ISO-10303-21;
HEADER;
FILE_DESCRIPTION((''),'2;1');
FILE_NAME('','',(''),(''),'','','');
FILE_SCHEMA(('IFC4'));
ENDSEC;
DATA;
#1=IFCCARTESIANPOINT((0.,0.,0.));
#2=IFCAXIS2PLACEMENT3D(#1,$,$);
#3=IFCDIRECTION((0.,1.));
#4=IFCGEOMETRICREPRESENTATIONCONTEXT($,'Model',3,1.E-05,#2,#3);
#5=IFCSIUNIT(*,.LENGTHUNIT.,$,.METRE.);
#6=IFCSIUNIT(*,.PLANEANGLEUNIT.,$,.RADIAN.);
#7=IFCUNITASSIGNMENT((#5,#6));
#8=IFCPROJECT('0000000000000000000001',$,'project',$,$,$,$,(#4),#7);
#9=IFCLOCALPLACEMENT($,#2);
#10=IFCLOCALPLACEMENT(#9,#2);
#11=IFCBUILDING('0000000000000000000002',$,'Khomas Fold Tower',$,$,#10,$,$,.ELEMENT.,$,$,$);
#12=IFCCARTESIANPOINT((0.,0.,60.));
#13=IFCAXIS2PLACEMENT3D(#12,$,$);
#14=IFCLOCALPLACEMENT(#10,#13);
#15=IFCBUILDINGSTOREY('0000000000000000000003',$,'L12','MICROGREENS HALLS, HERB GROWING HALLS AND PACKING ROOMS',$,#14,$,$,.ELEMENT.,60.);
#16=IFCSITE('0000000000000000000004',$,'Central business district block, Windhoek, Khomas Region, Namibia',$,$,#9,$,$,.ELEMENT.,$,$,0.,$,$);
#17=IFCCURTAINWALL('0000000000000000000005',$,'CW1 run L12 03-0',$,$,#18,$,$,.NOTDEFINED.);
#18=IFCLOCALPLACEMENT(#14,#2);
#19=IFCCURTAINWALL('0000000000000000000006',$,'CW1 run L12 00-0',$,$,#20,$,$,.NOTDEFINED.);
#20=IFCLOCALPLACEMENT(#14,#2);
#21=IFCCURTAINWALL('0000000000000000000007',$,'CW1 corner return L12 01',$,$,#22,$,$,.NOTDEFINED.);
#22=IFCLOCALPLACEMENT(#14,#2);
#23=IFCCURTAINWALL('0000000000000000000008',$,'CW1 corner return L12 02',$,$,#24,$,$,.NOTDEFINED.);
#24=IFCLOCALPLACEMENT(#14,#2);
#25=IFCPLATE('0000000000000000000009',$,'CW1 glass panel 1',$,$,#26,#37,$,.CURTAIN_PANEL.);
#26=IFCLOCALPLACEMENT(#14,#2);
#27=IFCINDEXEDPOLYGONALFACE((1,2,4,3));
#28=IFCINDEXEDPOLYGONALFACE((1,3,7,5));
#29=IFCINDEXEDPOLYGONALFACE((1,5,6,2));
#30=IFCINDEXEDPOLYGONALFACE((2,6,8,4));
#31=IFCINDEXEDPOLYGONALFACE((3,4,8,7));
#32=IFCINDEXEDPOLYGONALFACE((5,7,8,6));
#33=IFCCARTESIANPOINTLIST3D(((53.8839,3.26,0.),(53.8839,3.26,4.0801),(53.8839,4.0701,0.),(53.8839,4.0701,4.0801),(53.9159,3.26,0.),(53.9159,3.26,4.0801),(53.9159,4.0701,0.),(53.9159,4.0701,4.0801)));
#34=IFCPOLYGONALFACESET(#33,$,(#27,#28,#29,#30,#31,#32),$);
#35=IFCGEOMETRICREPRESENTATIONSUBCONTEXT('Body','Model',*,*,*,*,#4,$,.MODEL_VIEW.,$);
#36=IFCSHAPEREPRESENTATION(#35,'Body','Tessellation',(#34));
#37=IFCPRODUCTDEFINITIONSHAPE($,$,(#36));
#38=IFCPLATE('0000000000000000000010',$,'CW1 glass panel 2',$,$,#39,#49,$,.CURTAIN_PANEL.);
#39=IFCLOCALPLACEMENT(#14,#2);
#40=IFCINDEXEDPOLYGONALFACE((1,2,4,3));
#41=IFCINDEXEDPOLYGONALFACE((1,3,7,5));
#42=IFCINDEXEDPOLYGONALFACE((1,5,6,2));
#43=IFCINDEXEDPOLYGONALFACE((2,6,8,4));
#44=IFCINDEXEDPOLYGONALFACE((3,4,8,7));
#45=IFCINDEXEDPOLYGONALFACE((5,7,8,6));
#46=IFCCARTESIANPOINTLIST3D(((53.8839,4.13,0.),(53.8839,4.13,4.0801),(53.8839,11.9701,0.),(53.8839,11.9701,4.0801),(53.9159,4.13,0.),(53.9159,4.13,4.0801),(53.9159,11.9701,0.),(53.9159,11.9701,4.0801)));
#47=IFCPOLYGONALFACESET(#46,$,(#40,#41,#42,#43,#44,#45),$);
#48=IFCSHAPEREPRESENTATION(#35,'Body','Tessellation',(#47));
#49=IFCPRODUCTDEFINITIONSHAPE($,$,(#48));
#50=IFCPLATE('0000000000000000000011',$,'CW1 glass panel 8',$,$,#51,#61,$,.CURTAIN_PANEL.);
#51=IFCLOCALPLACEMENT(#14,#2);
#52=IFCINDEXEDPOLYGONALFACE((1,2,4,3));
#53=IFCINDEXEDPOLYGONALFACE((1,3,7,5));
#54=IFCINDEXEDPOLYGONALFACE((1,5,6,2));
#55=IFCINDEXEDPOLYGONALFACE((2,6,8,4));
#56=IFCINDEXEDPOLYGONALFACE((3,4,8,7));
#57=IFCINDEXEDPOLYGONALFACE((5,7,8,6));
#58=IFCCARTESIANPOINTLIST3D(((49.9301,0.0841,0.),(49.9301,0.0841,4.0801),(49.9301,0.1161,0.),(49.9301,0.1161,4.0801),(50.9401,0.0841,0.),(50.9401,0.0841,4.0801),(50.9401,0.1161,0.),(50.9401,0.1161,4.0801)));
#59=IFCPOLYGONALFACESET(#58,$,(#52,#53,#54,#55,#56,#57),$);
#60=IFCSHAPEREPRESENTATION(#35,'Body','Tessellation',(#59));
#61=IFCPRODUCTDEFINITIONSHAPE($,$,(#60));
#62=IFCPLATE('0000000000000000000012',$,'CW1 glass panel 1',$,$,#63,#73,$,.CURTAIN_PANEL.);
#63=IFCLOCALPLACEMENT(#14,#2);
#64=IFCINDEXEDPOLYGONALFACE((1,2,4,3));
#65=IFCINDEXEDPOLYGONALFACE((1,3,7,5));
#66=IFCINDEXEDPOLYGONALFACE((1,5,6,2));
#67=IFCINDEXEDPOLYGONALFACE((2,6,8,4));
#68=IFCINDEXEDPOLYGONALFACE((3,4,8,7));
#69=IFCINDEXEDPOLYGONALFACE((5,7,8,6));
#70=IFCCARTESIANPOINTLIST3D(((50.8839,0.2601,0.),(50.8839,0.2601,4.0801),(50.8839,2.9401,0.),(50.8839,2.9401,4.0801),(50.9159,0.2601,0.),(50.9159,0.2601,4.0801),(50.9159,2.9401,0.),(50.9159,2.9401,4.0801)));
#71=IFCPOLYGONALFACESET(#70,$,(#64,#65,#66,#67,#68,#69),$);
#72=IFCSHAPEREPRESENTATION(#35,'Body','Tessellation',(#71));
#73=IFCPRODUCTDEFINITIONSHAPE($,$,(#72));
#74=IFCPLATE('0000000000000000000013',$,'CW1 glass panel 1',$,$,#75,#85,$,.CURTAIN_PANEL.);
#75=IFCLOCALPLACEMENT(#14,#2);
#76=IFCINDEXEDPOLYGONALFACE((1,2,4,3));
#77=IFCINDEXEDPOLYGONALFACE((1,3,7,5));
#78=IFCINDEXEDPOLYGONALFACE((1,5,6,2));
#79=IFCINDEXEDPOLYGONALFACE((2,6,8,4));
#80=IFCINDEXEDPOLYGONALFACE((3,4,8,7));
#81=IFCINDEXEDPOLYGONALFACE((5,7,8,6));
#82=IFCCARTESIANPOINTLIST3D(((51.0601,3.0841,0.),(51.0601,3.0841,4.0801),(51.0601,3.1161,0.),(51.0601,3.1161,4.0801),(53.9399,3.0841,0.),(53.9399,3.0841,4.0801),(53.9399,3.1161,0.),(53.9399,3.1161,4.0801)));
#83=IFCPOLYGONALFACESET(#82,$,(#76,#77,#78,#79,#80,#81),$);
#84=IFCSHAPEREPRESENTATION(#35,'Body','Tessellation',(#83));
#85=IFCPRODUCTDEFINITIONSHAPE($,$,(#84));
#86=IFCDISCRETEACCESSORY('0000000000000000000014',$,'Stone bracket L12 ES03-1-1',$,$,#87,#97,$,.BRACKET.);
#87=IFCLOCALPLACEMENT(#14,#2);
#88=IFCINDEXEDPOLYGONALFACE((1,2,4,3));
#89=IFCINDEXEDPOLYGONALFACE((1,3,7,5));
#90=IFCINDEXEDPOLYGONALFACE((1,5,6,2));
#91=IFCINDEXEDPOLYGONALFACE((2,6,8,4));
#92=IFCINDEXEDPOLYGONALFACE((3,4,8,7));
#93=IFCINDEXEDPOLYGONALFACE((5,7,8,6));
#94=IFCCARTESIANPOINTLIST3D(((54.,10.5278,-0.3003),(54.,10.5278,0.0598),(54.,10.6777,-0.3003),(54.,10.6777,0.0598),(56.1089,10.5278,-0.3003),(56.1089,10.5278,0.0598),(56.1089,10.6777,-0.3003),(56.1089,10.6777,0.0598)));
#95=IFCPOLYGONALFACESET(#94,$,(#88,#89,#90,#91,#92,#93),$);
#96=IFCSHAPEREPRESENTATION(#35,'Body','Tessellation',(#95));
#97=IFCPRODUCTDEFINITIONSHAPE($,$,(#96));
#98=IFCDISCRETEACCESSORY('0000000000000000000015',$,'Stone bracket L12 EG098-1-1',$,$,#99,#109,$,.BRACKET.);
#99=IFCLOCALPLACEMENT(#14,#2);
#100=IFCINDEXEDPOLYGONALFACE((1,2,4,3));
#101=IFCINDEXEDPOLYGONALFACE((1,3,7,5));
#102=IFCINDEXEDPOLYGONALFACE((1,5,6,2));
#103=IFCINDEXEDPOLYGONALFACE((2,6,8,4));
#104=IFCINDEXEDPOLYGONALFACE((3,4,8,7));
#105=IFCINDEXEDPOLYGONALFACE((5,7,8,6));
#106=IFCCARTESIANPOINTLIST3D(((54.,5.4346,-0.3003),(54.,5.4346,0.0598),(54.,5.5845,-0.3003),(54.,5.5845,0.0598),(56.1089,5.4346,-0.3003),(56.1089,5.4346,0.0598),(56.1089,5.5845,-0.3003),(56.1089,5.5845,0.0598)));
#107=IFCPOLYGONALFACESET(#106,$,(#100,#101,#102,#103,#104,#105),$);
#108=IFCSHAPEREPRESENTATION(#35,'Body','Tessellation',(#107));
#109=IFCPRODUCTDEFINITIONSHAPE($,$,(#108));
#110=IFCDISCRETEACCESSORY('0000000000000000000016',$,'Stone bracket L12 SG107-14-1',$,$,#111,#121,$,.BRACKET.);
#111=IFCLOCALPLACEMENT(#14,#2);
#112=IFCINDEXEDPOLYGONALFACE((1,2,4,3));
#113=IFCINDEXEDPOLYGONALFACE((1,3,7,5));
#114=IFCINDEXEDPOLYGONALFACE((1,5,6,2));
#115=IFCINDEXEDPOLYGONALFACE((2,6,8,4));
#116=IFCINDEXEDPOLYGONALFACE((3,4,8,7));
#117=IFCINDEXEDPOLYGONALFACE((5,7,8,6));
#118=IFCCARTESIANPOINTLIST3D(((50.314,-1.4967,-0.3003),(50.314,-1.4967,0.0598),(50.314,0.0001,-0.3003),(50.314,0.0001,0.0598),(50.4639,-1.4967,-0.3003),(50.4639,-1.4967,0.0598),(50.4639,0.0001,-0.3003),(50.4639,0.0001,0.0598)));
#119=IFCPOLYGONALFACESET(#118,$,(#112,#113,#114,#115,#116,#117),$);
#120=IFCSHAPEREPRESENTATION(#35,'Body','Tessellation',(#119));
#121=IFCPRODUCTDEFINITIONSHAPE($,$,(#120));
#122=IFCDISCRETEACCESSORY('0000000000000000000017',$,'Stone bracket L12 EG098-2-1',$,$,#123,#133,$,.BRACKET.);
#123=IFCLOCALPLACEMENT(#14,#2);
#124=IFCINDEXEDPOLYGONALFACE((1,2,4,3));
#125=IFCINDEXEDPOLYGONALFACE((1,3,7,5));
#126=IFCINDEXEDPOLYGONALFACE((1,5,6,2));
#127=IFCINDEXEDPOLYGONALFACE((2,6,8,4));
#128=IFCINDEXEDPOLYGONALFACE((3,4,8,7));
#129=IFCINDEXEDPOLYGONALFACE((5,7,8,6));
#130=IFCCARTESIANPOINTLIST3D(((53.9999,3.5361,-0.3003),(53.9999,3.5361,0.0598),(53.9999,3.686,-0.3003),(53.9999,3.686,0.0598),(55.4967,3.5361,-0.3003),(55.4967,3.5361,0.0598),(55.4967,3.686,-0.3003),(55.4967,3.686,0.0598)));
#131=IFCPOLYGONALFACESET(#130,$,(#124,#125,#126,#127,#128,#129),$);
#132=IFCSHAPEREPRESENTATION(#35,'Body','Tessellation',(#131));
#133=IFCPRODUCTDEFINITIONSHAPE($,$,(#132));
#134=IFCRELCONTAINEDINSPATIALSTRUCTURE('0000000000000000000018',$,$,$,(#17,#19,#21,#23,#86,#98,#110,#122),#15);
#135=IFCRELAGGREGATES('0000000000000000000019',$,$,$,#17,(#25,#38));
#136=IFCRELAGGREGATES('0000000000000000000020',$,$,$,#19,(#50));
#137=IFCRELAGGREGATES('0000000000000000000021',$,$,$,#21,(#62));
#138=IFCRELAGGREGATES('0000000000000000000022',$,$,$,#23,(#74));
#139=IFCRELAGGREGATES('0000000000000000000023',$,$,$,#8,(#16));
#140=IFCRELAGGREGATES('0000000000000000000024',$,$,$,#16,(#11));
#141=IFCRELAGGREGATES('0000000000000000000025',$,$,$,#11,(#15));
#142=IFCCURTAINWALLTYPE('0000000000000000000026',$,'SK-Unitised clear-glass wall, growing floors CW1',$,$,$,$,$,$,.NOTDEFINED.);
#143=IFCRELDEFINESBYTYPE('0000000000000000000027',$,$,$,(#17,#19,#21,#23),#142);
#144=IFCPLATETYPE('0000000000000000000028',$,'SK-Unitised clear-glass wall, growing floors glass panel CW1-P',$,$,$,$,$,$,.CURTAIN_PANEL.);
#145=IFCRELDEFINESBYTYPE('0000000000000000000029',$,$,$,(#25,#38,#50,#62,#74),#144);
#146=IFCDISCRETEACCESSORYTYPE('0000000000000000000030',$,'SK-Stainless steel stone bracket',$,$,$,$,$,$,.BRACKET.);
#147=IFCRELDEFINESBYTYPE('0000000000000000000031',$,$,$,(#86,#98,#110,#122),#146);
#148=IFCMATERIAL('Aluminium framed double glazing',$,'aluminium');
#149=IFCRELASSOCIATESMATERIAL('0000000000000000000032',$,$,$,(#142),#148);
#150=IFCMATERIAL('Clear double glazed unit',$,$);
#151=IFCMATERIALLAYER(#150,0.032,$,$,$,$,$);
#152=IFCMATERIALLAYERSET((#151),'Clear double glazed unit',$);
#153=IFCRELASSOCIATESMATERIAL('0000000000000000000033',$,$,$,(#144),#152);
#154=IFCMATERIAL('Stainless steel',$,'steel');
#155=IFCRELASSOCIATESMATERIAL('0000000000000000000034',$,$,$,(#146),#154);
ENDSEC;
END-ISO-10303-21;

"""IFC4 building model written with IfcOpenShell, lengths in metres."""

from ifc_helpers import new_model, si_unit, direction, frame, origin, origin_2d, place, context, subcontext, project, spatial, rectangle, extrude, source, transform, mapped, material, layer, layer_set, type_object, element, aggregate, save


model = new_model("IFC4")

# Units and contexts
model_context = context("Model", 3, precision=1e-05, world=origin(), true_north=direction((0.0, 1.0)))
body_context = subcontext(model_context, "Body", "Model", "MODEL_VIEW")
ifc_project = project(units=[si_unit("LENGTHUNIT", "METRE"), si_unit("PLANEANGLEUNIT", "RADIAN")], contexts=[model_context])

# Site, building, storey
site_placement = place(None, origin())
site = spatial("IfcSite", under=ifc_project, at=site_placement, Name="Central business district block, Windhoek, Khomas Region, Namibia", CompositionType="ELEMENT", RefElevation=0.0)
building_placement = place(site_placement, origin())
building = spatial("IfcBuilding", under=site, at=building_placement, Name="Khomas Fold Tower", CompositionType="ELEMENT")
storey_placement = place(building_placement, frame((0.0, 0.0, 60.0)))
storey = spatial("IfcBuildingStorey", under=building, at=storey_placement, Name="L12", Description="MICROGREENS HALLS, HERB GROWING HALLS AND PACKING ROOMS", CompositionType="ELEMENT", Elevation=60.0)

# Curtain wall
ifc_material_1 = material(Name="Aluminium framed double glazing", Category="aluminium")
curtain_wall_type = type_object("IfcCurtainWallType", Name="SK-Unitised clear-glass wall, growing floors CW1", PredefinedType="NOTDEFINED", material=ifc_material_1)
curtain_wall_1_placement = place(storey_placement, origin())
curtain_wall_1 = element("IfcCurtainWall", 1, at=curtain_wall_1_placement, inside=storey, type_object=curtain_wall_type, Name="CW1 run L12 03-0", PredefinedType="NOTDEFINED")

# Curtain walls
curtain_wall_2_placement = place(storey_placement, origin())
curtain_wall_2 = element("IfcCurtainWall", 2, at=curtain_wall_2_placement, inside=storey, type_object=curtain_wall_type, Name="CW1 run L12 00-0", PredefinedType="NOTDEFINED")
curtain_wall_3_placement = place(storey_placement, origin())
curtain_wall_3 = element("IfcCurtainWall", 3, at=curtain_wall_3_placement, inside=storey, type_object=curtain_wall_type, Name="CW1 corner return L12 01", PredefinedType="NOTDEFINED")
curtain_wall_4_placement = place(storey_placement, origin())
curtain_wall_4 = element("IfcCurtainWall", 4, at=curtain_wall_4_placement, inside=storey, type_object=curtain_wall_type, Name="CW1 corner return L12 02", PredefinedType="NOTDEFINED")

# Plates
ifc_material_2 = material(Name="Clear double glazed unit")
ifc_layer_1 = layer(ifc_material_2, 0.032)
ifc_layer_set_1 = layer_set([ifc_layer_1], Name="Clear double glazed unit")
plate_type_1 = type_object("IfcPlateType", Name="SK-Unitised clear-glass wall, growing floors glass panel CW1-P", PredefinedType="CURTAIN_PANEL", material=ifc_layer_set_1)
shared_shape_1 = source(origin(), body_context, "Body", "SweptSolid", [
    extrude(rectangle(XDim=0.8101, YDim=0.032, at=origin_2d()), origin(), (0.0, 0.0, 1.0), 4.0801),
])
plate_1_placement = place(storey_placement, frame((53.8999, 3.665, 0.0), z_axis=(0.0, 0.0, 1.0), x_axis=(0.0, 1.0, 0.0)))
plate_1 = element("IfcPlate", 5, at=plate_1_placement, type_object=plate_type_1, Name="CW1 glass panel 1", PredefinedType="CURTAIN_PANEL", context=body_context, shape_type="MappedRepresentation", body=[
    mapped(shared_shape_1, transform((0.0, 0.0, 0.0))),
])
shared_shape_2 = source(origin(), body_context, "Body", "SweptSolid", [
    extrude(rectangle(XDim=7.8401, YDim=0.032, at=origin_2d()), origin(), (0.0, 0.0, 1.0), 4.0801),
])
plate_2_placement = place(storey_placement, frame((53.8999, 8.05, 0.0), z_axis=(0.0, 0.0, 1.0), x_axis=(0.0, 1.0, 0.0)))
plate_2 = element("IfcPlate", 6, at=plate_2_placement, type_object=plate_type_1, Name="CW1 glass panel 2", PredefinedType="CURTAIN_PANEL", context=body_context, shape_type="MappedRepresentation", body=[
    mapped(shared_shape_2, transform((0.0, 0.0, 0.0))),
])
aggregate(curtain_wall_1, [plate_1, plate_2])
shared_shape_3 = source(origin(), body_context, "Body", "SweptSolid", [
    extrude(rectangle(XDim=1.01, YDim=0.032, at=origin_2d()), origin(), (0.0, 0.0, 1.0), 4.0801),
])
plate_3_placement = place(storey_placement, frame((50.4351, 0.1001, 0.0), z_axis=(0.0, 0.0, 1.0), x_axis=(1.0, 0.0, 0.0)))
plate_3 = element("IfcPlate", 7, at=plate_3_placement, type_object=plate_type_1, Name="CW1 glass panel 8", PredefinedType="CURTAIN_PANEL", context=body_context, shape_type="MappedRepresentation", body=[
    mapped(shared_shape_3, transform((0.0, 0.0, 0.0))),
])
aggregate(curtain_wall_2, [plate_3])
shared_shape_4 = source(origin(), body_context, "Body", "SweptSolid", [
    extrude(rectangle(XDim=2.6799, YDim=0.032, at=origin_2d()), origin(), (0.0, 0.0, 1.0), 4.0801),
])
plate_4_placement = place(storey_placement, frame((50.8999, 1.6001, 0.0), z_axis=(0.0, 0.0, 1.0), x_axis=(0.0, 1.0, 0.0)))
plate_4 = element("IfcPlate", 8, at=plate_4_placement, type_object=plate_type_1, Name="CW1 glass panel 1", PredefinedType="CURTAIN_PANEL", context=body_context, shape_type="MappedRepresentation", body=[
    mapped(shared_shape_4, transform((0.0, 0.0, 0.0))),
])
aggregate(curtain_wall_3, [plate_4])
shared_shape_5 = source(origin(), body_context, "Body", "SweptSolid", [
    extrude(rectangle(XDim=2.8799, YDim=0.032, at=origin_2d()), origin(), (0.0, 0.0, 1.0), 4.0801),
])
plate_5_placement = place(storey_placement, frame((52.5, 3.1001, 0.0), z_axis=(0.0, 0.0, 1.0), x_axis=(1.0, 0.0, 0.0)))
plate_5 = element("IfcPlate", 9, at=plate_5_placement, type_object=plate_type_1, Name="CW1 glass panel 1", PredefinedType="CURTAIN_PANEL", context=body_context, shape_type="MappedRepresentation", body=[
    mapped(shared_shape_5, transform((0.0, 0.0, 0.0))),
])
aggregate(curtain_wall_4, [plate_5])

# Discrete accessories
ifc_material_3 = material(Name="Stainless steel", Category="steel")
discrete_accessory_type = type_object("IfcDiscreteAccessoryType", Name="SK-Stainless steel stone bracket", PredefinedType="BRACKET", material=ifc_material_3)
shared_shape_6 = source(origin(), body_context, "Body", "SweptSolid", [
    extrude(rectangle(XDim=2.1089, YDim=0.1499, at=origin_2d()), origin(), (0.0, 0.0, 1.0), 0.3601),
])
for number, where, z_axis, x_axis, name in (
    (10, (55.0544, 10.6028, -0.3003), (0.0, 0.0, 1.0), (1.0, 0.0, 0.0), "Stone bracket L12 ES03-1-1"),
    (11, (55.0544, 5.5095, -0.3003), (0.0, 0.0, 1.0), (1.0, 0.0, 0.0), "Stone bracket L12 EG098-1-1"),
):
    element("IfcDiscreteAccessory", number, at=place(storey_placement, frame(where, z_axis=z_axis, x_axis=x_axis)), inside=storey, type_object=discrete_accessory_type, Name=name, PredefinedType="BRACKET", context=body_context, shape_type="MappedRepresentation", body=[
        mapped(shared_shape_6, transform((0.0, 0.0, 0.0))),
    ])
shared_shape_7 = source(origin(), body_context, "Body", "SweptSolid", [
    extrude(rectangle(XDim=1.4968, YDim=0.1499, at=origin_2d()), origin(), (0.0, 0.0, 1.0), 0.3601),
])
for number, where, z_axis, x_axis, name in (
    (12, (50.3889, -0.7483, -0.3003), (0.0, 0.0, 1.0), (0.0, -1.0, 0.0), "Stone bracket L12 SG107-14-1"),
    (13, (54.7483, 3.6111, -0.3003), (0.0, 0.0, 1.0), (1.0, 0.0, 0.0), "Stone bracket L12 EG098-2-1"),
):
    element("IfcDiscreteAccessory", number, at=place(storey_placement, frame(where, z_axis=z_axis, x_axis=x_axis)), inside=storey, type_object=discrete_accessory_type, Name=name, PredefinedType="BRACKET", context=body_context, shape_type="MappedRepresentation", body=[
        mapped(shared_shape_7, transform((0.0, 0.0, 0.0))),
    ])

save(model, "model.ifc")
